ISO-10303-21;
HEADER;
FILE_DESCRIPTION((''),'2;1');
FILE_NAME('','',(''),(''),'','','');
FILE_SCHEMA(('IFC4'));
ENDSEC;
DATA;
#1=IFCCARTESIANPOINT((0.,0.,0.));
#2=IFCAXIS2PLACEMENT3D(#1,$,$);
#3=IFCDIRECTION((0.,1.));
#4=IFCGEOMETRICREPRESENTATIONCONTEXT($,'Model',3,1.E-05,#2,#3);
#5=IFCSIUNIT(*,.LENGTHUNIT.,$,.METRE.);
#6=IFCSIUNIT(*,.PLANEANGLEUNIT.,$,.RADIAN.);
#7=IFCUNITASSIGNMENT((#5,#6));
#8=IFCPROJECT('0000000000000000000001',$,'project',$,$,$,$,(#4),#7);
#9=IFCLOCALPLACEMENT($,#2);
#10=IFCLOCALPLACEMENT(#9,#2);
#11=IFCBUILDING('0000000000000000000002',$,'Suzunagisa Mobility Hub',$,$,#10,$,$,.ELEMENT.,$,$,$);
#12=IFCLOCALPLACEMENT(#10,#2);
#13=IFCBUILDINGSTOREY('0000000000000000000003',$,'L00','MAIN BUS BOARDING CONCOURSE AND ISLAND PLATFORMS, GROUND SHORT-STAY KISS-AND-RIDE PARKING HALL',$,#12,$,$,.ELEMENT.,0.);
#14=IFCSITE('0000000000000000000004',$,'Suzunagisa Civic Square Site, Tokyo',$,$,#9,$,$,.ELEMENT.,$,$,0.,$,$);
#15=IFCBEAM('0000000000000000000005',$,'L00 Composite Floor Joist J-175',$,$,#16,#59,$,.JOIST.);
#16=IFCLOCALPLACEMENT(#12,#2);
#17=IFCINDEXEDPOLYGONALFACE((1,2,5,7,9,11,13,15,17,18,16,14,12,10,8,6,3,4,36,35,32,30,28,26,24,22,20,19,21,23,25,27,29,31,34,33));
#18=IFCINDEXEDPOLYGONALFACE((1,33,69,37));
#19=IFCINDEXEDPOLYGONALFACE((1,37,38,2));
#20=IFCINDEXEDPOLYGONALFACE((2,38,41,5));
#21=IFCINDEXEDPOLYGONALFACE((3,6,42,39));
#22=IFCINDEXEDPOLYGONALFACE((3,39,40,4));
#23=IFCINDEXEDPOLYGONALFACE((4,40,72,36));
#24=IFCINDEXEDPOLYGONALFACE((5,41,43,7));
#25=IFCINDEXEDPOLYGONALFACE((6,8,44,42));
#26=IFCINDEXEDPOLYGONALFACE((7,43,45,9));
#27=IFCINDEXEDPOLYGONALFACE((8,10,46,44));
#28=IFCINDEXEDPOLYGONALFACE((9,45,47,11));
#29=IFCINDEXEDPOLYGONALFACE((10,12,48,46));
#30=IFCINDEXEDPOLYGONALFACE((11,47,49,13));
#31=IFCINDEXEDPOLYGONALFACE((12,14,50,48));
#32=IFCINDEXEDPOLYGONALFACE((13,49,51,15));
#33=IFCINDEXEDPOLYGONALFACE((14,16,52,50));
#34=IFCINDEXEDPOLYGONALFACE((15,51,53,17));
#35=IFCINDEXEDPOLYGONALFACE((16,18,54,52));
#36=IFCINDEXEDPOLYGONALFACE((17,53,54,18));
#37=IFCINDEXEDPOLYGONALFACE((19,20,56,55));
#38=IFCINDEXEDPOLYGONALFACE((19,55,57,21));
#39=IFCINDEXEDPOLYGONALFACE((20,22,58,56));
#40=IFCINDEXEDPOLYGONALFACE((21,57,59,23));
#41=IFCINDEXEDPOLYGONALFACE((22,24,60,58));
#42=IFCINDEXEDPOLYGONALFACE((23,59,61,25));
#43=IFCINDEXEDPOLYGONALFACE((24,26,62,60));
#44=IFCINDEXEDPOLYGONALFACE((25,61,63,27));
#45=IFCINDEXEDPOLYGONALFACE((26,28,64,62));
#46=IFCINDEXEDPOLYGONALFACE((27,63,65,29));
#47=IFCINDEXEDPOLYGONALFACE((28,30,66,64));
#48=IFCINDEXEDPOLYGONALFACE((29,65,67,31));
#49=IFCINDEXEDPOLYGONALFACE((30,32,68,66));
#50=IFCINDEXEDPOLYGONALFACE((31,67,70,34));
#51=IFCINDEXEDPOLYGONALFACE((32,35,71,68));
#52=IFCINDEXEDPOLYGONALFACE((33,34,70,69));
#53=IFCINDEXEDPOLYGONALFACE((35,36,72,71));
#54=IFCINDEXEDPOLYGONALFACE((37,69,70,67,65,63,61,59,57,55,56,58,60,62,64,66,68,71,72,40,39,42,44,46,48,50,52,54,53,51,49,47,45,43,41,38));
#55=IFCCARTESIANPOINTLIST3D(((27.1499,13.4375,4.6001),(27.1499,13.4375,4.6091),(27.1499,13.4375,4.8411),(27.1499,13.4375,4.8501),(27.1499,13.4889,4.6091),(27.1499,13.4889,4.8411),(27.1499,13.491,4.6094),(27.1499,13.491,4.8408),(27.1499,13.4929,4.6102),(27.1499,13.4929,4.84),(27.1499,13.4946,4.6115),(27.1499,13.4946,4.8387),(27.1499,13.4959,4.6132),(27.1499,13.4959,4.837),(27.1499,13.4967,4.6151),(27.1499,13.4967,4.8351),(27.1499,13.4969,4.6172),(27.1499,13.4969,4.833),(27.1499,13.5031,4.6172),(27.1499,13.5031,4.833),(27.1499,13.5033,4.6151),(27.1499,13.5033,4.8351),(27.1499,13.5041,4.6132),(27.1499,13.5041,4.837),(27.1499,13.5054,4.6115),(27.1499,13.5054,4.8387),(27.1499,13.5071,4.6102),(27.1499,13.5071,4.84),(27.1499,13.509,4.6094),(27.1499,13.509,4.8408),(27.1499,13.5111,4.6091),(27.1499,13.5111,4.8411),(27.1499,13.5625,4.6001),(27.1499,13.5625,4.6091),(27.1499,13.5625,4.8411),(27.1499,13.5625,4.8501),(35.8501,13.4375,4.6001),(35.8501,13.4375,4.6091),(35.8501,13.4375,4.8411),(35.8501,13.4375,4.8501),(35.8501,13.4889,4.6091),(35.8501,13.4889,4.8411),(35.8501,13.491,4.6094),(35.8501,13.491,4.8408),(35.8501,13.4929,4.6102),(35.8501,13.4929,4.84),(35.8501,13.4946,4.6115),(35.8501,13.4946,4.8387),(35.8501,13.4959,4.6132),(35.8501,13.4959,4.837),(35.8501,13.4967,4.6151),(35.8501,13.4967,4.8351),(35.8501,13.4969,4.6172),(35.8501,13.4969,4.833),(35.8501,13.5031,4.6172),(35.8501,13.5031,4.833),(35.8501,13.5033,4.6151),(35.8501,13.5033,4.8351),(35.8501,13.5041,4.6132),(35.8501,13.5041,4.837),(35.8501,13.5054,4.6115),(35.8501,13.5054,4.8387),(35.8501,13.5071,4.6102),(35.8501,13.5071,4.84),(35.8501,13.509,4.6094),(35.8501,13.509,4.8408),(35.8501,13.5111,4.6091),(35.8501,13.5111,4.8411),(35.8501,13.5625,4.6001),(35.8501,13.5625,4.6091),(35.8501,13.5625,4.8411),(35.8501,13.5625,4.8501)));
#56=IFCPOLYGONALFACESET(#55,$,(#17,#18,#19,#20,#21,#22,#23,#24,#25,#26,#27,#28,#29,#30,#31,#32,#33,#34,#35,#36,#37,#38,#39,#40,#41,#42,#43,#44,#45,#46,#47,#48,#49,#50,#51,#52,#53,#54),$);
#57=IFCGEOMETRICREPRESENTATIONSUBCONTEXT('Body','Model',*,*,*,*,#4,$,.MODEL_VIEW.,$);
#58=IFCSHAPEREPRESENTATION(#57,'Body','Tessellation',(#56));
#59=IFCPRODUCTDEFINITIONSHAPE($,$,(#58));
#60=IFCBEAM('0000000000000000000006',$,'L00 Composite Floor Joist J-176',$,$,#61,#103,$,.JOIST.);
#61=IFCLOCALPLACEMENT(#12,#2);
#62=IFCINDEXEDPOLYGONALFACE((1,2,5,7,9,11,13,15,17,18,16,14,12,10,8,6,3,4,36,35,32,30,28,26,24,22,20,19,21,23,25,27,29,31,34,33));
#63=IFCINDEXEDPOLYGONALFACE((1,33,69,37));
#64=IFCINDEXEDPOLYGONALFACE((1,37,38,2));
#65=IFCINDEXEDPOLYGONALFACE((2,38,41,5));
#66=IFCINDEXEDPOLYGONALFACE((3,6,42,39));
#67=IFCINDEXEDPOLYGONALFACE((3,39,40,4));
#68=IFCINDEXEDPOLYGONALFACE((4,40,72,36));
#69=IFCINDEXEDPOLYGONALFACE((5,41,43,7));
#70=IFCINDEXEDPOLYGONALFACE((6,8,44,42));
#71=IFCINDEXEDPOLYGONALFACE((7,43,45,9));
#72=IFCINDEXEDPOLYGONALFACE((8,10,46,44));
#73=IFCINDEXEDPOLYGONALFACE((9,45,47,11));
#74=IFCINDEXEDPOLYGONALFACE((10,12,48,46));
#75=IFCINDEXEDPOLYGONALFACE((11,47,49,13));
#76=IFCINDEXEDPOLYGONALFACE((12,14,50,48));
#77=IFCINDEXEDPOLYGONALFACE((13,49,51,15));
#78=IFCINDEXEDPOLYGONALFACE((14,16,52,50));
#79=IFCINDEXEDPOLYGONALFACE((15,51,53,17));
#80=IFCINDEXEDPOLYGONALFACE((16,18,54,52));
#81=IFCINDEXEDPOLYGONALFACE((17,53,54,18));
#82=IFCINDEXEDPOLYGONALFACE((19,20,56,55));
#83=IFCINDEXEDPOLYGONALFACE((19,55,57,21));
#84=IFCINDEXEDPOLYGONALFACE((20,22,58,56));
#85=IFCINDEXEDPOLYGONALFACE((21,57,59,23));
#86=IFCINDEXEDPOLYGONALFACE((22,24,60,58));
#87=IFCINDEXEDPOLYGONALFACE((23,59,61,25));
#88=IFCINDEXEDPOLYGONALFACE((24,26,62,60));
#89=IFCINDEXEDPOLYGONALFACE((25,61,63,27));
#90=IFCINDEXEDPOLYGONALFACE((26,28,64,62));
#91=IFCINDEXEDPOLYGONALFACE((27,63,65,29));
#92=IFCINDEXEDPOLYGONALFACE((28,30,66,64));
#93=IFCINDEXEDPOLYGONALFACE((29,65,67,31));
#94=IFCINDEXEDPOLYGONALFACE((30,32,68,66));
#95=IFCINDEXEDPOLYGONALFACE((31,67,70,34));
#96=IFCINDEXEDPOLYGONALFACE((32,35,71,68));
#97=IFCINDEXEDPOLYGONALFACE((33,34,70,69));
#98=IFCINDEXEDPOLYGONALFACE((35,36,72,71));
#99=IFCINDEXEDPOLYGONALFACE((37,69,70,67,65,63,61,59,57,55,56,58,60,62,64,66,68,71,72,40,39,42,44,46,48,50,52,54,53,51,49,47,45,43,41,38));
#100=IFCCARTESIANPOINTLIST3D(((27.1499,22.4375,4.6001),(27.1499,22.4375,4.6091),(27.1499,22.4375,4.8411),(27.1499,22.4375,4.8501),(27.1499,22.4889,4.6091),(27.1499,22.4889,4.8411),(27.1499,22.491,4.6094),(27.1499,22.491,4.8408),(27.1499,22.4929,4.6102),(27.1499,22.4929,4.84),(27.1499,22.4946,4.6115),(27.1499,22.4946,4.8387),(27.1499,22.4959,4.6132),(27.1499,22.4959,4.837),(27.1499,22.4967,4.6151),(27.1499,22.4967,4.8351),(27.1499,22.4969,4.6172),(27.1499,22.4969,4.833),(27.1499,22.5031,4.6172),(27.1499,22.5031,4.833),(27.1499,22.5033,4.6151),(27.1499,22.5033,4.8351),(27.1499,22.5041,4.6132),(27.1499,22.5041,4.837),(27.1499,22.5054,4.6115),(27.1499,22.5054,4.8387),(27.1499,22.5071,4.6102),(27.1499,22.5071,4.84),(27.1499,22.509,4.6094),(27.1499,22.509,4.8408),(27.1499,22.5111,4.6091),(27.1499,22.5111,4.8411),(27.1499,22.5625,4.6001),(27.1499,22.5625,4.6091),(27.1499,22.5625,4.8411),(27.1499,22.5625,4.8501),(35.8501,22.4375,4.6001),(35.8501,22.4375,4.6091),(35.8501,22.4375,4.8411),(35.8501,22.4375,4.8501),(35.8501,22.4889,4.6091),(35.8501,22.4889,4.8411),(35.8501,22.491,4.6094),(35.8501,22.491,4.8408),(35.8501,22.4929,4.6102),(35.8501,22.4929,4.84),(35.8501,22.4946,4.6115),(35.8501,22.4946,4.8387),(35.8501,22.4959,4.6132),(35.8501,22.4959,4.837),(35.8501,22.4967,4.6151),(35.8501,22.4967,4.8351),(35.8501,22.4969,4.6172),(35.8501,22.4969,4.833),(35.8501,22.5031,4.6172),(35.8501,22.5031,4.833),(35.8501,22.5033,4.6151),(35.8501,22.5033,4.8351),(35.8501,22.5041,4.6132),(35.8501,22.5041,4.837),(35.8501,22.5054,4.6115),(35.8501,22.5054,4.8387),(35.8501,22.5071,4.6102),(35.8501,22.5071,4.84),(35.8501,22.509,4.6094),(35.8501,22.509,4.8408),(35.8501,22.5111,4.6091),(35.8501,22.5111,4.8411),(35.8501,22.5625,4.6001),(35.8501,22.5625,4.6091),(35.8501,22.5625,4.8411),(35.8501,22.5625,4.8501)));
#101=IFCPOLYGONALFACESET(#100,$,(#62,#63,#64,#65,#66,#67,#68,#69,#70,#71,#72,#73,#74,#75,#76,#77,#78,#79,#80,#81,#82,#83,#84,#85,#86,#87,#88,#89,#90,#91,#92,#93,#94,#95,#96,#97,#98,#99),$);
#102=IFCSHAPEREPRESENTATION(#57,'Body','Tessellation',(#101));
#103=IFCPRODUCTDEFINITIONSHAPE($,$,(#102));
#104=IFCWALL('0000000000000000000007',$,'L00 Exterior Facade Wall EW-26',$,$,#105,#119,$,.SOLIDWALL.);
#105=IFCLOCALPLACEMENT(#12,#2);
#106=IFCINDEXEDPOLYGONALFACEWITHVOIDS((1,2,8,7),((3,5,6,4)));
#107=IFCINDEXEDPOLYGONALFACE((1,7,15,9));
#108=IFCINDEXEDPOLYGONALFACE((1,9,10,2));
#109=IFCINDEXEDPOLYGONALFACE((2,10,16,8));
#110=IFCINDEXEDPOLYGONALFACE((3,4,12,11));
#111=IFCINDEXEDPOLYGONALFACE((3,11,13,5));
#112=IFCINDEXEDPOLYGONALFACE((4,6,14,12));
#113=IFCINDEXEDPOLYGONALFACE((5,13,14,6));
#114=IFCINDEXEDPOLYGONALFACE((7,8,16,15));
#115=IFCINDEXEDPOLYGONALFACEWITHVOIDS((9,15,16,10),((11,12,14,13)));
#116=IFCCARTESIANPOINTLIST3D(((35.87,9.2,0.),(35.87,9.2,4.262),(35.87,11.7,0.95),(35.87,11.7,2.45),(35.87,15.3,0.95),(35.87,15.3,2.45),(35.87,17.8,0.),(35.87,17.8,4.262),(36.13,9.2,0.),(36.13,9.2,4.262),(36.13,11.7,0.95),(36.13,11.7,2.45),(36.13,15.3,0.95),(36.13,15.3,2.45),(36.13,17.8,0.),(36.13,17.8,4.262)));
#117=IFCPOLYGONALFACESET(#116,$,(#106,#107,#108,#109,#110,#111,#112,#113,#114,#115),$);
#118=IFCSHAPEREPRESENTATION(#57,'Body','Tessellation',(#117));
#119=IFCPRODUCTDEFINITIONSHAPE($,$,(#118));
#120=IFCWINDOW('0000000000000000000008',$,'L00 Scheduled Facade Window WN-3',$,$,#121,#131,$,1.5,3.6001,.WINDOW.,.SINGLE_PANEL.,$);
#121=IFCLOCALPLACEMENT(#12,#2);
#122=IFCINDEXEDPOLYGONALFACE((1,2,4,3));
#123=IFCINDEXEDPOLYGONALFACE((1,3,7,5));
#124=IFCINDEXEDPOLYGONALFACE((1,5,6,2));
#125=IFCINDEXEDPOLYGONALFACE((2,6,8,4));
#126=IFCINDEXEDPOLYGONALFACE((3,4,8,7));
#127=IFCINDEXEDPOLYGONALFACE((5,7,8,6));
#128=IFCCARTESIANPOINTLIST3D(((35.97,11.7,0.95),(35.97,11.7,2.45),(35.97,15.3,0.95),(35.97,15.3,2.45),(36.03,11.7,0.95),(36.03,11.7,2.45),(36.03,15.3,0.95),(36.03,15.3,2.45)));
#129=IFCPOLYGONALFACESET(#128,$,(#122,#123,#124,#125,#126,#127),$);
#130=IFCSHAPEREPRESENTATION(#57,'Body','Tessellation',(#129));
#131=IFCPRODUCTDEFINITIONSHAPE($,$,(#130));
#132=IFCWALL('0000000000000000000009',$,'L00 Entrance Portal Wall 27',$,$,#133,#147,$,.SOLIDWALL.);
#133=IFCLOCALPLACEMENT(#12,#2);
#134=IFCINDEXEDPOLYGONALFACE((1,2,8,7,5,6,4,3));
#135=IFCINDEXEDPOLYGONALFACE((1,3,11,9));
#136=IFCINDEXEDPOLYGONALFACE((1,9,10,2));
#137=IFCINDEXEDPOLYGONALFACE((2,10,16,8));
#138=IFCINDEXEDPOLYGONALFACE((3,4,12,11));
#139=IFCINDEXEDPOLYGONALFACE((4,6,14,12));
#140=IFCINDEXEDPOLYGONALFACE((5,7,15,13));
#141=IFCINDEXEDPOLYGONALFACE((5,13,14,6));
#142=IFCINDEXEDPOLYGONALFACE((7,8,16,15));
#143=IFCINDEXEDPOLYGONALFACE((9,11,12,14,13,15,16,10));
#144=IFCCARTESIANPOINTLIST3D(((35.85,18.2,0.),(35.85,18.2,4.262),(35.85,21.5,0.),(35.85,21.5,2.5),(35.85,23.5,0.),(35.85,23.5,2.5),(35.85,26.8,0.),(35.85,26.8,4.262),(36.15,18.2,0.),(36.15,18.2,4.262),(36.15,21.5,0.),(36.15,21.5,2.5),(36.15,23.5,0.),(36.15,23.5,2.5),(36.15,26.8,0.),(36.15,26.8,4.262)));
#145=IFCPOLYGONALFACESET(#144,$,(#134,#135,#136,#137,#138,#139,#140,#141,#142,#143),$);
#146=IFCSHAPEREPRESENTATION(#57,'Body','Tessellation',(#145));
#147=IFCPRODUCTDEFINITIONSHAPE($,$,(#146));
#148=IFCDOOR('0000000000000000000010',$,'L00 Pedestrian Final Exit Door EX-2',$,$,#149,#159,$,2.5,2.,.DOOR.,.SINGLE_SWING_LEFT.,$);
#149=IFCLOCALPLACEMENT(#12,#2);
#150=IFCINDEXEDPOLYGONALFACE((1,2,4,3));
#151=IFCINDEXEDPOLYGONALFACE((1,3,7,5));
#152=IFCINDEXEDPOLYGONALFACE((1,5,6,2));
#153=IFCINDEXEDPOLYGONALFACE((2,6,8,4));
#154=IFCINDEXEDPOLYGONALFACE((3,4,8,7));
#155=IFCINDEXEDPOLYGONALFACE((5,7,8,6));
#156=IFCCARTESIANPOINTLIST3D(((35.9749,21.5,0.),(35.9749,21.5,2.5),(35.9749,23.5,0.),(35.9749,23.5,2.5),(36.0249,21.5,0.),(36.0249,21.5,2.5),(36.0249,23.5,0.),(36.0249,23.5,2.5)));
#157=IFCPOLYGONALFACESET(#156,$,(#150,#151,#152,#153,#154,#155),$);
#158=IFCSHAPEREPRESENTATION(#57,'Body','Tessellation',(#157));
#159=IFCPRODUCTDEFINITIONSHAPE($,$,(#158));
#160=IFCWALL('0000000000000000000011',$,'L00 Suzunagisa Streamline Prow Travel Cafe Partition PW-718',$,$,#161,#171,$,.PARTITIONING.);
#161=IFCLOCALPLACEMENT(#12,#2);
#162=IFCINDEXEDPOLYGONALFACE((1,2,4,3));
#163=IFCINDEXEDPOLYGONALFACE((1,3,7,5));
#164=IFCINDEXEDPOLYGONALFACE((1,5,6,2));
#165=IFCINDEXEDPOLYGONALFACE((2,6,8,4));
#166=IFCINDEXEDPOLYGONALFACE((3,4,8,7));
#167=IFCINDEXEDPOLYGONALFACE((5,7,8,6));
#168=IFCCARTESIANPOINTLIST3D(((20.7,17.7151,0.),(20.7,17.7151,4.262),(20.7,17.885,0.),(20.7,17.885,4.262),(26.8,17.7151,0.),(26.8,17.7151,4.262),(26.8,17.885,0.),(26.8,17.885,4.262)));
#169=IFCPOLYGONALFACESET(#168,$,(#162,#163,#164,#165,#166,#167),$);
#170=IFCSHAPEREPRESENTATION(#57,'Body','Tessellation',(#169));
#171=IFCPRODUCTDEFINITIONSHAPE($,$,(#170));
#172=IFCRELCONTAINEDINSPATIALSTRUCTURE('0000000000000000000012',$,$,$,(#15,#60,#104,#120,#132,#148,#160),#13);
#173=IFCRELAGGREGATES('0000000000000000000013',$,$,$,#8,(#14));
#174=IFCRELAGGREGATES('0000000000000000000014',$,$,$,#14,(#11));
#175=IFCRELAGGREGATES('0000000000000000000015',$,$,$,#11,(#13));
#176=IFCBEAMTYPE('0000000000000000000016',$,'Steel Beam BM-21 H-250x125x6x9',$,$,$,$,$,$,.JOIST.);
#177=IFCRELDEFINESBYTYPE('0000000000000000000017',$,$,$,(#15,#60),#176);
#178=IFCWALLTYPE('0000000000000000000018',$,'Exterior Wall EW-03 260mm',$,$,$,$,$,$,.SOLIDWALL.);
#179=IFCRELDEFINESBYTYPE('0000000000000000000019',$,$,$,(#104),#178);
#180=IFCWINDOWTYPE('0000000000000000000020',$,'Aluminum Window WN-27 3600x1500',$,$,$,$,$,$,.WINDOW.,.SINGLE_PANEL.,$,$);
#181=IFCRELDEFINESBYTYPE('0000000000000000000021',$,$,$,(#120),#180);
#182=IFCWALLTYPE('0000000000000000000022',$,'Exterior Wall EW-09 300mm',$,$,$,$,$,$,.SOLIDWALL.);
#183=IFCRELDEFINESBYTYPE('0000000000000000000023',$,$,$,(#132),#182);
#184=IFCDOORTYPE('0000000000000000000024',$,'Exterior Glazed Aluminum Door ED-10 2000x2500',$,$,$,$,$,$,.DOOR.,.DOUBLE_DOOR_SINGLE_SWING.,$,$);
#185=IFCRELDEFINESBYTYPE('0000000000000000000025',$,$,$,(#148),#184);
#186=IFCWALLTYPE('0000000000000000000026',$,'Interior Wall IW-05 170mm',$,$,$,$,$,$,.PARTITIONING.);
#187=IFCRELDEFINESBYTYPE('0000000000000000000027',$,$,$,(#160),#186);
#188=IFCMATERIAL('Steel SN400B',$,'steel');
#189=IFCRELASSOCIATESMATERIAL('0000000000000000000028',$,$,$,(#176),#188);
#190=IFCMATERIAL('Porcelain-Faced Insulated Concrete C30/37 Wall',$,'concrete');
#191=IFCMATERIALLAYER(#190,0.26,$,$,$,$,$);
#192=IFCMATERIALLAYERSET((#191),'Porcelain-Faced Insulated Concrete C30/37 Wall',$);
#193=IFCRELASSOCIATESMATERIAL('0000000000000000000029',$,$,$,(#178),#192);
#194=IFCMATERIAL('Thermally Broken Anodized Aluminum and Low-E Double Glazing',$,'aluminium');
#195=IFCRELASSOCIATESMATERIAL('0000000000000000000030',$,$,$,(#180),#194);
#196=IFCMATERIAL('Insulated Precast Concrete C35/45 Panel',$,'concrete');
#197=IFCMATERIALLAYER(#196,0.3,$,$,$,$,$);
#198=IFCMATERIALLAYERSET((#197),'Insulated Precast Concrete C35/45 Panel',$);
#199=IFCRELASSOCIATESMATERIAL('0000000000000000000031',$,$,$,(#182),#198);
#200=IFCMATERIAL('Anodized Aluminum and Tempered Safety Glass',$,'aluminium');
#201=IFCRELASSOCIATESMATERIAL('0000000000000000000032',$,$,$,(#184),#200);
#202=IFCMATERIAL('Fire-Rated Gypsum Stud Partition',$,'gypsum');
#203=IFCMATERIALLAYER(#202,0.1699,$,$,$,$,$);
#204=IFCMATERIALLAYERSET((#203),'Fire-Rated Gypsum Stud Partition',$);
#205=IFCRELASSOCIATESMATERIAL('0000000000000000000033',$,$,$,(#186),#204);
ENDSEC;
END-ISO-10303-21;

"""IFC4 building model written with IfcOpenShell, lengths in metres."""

from ifc_helpers import new_model, si_unit, direction, frame, frame_2d, origin, origin_2d, place, context, subcontext, project, spatial, rectangle, i_section, extrude, material, layer, layer_set, material_profile, profile_set, type_object, element, fill, save


model = new_model("IFC4")

# Units and contexts
model_context = context("Model", 3, precision=1e-05, world=origin(), true_north=direction((0.0, 1.0)))
body_context = subcontext(model_context, "Body", "Model", "MODEL_VIEW")
ifc_project = project(units=[si_unit("LENGTHUNIT", "METRE"), si_unit("PLANEANGLEUNIT", "RADIAN")], contexts=[model_context])

# Site, building, storey
site_placement = place(None, origin())
site = spatial("IfcSite", under=ifc_project, at=site_placement, Name="Suzunagisa Civic Square Site, Tokyo", CompositionType="ELEMENT", RefElevation=0.0)
building_placement = place(site_placement, origin())
building = spatial("IfcBuilding", under=site, at=building_placement, Name="Suzunagisa Mobility Hub", CompositionType="ELEMENT")
storey_placement = place(building_placement, origin())
storey = spatial("IfcBuildingStorey", under=building, at=storey_placement, Name="L00", Description="MAIN BUS BOARDING CONCOURSE AND ISLAND PLATFORMS, GROUND SHORT-STAY KISS-AND-RIDE PARKING HALL", CompositionType="ELEMENT", Elevation=0.0)

# Beams
ifc_material_1 = material(Name="Steel SN400B", Category="steel")
ifc_material_profile_1 = material_profile(ifc_material_1, i_section(OverallWidth=0.125, OverallDepth=0.25, WebThickness=0.0061, FlangeThickness=0.009, FilletRadius=0.0081, at=origin_2d()), Name="H-250x125x6x9")
ifc_profile_set_1 = profile_set([ifc_material_profile_1], Name="Steel SN400B")
beam_type_1 = type_object("IfcBeamType", Name="Steel Beam BM-21 H-250x125x6x9", PredefinedType="JOIST", material=ifc_profile_set_1)
for number, where, z_axis, x_axis, name in (
    (1, (27.1499, 13.5, 4.7251), (1.0, 0.0, 0.0), (0.0, 1.0, 0.0), "L00 Composite Floor Joist J-175"),
    (2, (27.1499, 22.5, 4.7251), (1.0, 0.0, 0.0), (0.0, 1.0, 0.0), "L00 Composite Floor Joist J-176"),
):
    element("IfcBeam", number, at=place(storey_placement, frame(where, z_axis=z_axis, x_axis=x_axis)), inside=storey, type_object=beam_type_1, Name=name, PredefinedType="JOIST", context=body_context, shape_type="SweptSolid", body=[
        extrude(i_section(OverallWidth=0.125, OverallDepth=0.25, WebThickness=0.0061, FlangeThickness=0.009, FilletRadius=0.0081, at=origin_2d()), origin(), (0.0, 0.0, 1.0), 8.7002),
    ])

# Wall, opening, window
ifc_material_2 = material(Name="Porcelain-Faced Insulated Concrete C30/37 Wall", Category="concrete")
ifc_layer_1 = layer(ifc_material_2, 0.26)
ifc_layer_set_1 = layer_set([ifc_layer_1], Name="Porcelain-Faced Insulated Concrete C30/37 Wall")
wall_type_1 = type_object("IfcWallType", Name="Exterior Wall EW-03 260mm", PredefinedType="SOLIDWALL", material=ifc_layer_set_1)
wall_1_placement = place(storey_placement, frame((36.0, 9.2, 0.0), z_axis=(0.0, 0.0, 1.0), x_axis=(0.0, 1.0, 0.0)))
wall_1 = element("IfcWall", 3, at=wall_1_placement, inside=storey, type_object=wall_type_1, Name="L00 Exterior Facade Wall EW-26", PredefinedType="SOLIDWALL", context=body_context, shape_type="SweptSolid", body=[
    extrude(rectangle(XDim=8.6001, YDim=0.26, at=frame_2d((4.3, 0.0))), origin(), (0.0, 0.0, 1.0), 4.262),
])
opening_1_placement = place(wall_1_placement, frame((2.5, 0.0, 0.95)))
opening_1 = element("IfcOpeningElement", 4, at=opening_1_placement, cuts=wall_1, PredefinedType="OPENING", context=body_context, shape_type="SweptSolid", body=[
    extrude(rectangle(XDim=3.6001, YDim=1.5, at=frame_2d((1.8, 0.75))), frame((0.0, 0.1411, 0.0), z_axis=(0.0, -1.0, 0.0), x_axis=(1.0, 0.0, 0.0)), (0.0, 0.0, 1.0), 0.282),
])
ifc_material_3 = material(Name="Thermally Broken Anodized Aluminum and Low-E Double Glazing", Category="aluminium")
window_type = type_object("IfcWindowType", Name="Aluminum Window WN-27 3600x1500", PartitioningType="SINGLE_PANEL", PredefinedType="WINDOW", material=ifc_material_3)
window_placement = place(opening_1_placement, origin())
window = element("IfcWindow", 5, at=window_placement, inside=storey, type_object=window_type, Name="L00 Scheduled Facade Window WN-3", OverallHeight=1.5, OverallWidth=3.6001, PartitioningType="SINGLE_PANEL", PredefinedType="WINDOW", context=body_context, shape_type="SweptSolid", body=[
    extrude(rectangle(XDim=3.6001, YDim=1.5, at=frame_2d((1.8, 0.75))), frame((0.0, 0.03, 0.0), z_axis=(0.0, -1.0, 0.0), x_axis=(1.0, 0.0, 0.0)), (0.0, 0.0, 1.0), 0.0601),
])
fill(opening_1, window)

# Wall, opening, door
ifc_material_4 = material(Name="Insulated Precast Concrete C35/45 Panel", Category="concrete")
ifc_layer_2 = layer(ifc_material_4, 0.3)
ifc_layer_set_2 = layer_set([ifc_layer_2], Name="Insulated Precast Concrete C35/45 Panel")
wall_type_2 = type_object("IfcWallType", Name="Exterior Wall EW-09 300mm", PredefinedType="SOLIDWALL", material=ifc_layer_set_2)
wall_2_placement = place(storey_placement, frame((36.0, 18.2, 0.0), z_axis=(0.0, 0.0, 1.0), x_axis=(0.0, 1.0, 0.0)))
wall_2 = element("IfcWall", 6, at=wall_2_placement, inside=storey, type_object=wall_type_2, Name="L00 Entrance Portal Wall 27", PredefinedType="SOLIDWALL", context=body_context, shape_type="SweptSolid", body=[
    extrude(rectangle(XDim=8.6001, YDim=0.3, at=frame_2d((4.3, 0.0))), origin(), (0.0, 0.0, 1.0), 4.262),
])
opening_2_placement = place(wall_2_placement, frame((5.3, 0.0, 0.0), z_axis=(0.0, 0.0, 1.0), x_axis=(-1.0, 0.0, 0.0)))
opening_2 = element("IfcOpeningElement", 7, at=opening_2_placement, cuts=wall_2, PredefinedType="OPENING", context=body_context, shape_type="SweptSolid", body=[
    extrude(rectangle(XDim=2.0, YDim=2.5, at=frame_2d((1.0, 1.25))), frame((0.0, 0.1611, 0.0), z_axis=(0.0, -1.0, 0.0), x_axis=(1.0, 0.0, 0.0)), (0.0, 0.0, 1.0), 0.322),
])
ifc_material_5 = material(Name="Anodized Aluminum and Tempered Safety Glass", Category="aluminium")
door_type_1 = type_object("IfcDoorType", Name="Exterior Glazed Aluminum Door ED-10 2000x2500", OperationType="DOUBLE_DOOR_SINGLE_SWING", PredefinedType="DOOR", material=ifc_material_5)
door_1_placement = place(opening_2_placement, origin())
door_1 = element("IfcDoor", 8, at=door_1_placement, inside=storey, type_object=door_type_1, Name="L00 Pedestrian Final Exit Door EX-2", OperationType="SINGLE_SWING_LEFT", OverallHeight=2.5, OverallWidth=2.0, PredefinedType="DOOR", context=body_context, shape_type="SweptSolid", body=[
    extrude(rectangle(XDim=2.0, YDim=2.5, at=frame_2d((1.0, 1.25))), frame((0.0, 0.0249, 0.0), z_axis=(0.0, -1.0, 0.0), x_axis=(1.0, 0.0, 0.0)), (0.0, 0.0, 1.0), 0.05),
])
fill(opening_2, door_1)

# Wall
ifc_material_6 = material(Name="Fire-Rated Gypsum Stud Partition", Category="gypsum")
ifc_layer_3 = layer(ifc_material_6, 0.1699)
ifc_layer_set_3 = layer_set([ifc_layer_3], Name="Fire-Rated Gypsum Stud Partition")
wall_type_3 = type_object("IfcWallType", Name="Interior Wall IW-05 170mm", PredefinedType="PARTITIONING", material=ifc_layer_set_3)
wall_3_placement = place(storey_placement, frame((20.7, 17.8, 0.0), z_axis=(0.0, 0.0, 1.0), x_axis=(1.0, 0.0, 0.0)))
element("IfcWall", 9, at=wall_3_placement, inside=storey, type_object=wall_type_3, Name="L00 Suzunagisa Streamline Prow Travel Cafe Partition PW-718", PredefinedType="PARTITIONING", context=body_context, shape_type="SweptSolid", body=[
    extrude(rectangle(XDim=6.1001, YDim=0.1699, at=frame_2d((3.05, 0.0))), origin(), (0.0, 0.0, 1.0), 4.262),
])

save(model, "model.ifc")
